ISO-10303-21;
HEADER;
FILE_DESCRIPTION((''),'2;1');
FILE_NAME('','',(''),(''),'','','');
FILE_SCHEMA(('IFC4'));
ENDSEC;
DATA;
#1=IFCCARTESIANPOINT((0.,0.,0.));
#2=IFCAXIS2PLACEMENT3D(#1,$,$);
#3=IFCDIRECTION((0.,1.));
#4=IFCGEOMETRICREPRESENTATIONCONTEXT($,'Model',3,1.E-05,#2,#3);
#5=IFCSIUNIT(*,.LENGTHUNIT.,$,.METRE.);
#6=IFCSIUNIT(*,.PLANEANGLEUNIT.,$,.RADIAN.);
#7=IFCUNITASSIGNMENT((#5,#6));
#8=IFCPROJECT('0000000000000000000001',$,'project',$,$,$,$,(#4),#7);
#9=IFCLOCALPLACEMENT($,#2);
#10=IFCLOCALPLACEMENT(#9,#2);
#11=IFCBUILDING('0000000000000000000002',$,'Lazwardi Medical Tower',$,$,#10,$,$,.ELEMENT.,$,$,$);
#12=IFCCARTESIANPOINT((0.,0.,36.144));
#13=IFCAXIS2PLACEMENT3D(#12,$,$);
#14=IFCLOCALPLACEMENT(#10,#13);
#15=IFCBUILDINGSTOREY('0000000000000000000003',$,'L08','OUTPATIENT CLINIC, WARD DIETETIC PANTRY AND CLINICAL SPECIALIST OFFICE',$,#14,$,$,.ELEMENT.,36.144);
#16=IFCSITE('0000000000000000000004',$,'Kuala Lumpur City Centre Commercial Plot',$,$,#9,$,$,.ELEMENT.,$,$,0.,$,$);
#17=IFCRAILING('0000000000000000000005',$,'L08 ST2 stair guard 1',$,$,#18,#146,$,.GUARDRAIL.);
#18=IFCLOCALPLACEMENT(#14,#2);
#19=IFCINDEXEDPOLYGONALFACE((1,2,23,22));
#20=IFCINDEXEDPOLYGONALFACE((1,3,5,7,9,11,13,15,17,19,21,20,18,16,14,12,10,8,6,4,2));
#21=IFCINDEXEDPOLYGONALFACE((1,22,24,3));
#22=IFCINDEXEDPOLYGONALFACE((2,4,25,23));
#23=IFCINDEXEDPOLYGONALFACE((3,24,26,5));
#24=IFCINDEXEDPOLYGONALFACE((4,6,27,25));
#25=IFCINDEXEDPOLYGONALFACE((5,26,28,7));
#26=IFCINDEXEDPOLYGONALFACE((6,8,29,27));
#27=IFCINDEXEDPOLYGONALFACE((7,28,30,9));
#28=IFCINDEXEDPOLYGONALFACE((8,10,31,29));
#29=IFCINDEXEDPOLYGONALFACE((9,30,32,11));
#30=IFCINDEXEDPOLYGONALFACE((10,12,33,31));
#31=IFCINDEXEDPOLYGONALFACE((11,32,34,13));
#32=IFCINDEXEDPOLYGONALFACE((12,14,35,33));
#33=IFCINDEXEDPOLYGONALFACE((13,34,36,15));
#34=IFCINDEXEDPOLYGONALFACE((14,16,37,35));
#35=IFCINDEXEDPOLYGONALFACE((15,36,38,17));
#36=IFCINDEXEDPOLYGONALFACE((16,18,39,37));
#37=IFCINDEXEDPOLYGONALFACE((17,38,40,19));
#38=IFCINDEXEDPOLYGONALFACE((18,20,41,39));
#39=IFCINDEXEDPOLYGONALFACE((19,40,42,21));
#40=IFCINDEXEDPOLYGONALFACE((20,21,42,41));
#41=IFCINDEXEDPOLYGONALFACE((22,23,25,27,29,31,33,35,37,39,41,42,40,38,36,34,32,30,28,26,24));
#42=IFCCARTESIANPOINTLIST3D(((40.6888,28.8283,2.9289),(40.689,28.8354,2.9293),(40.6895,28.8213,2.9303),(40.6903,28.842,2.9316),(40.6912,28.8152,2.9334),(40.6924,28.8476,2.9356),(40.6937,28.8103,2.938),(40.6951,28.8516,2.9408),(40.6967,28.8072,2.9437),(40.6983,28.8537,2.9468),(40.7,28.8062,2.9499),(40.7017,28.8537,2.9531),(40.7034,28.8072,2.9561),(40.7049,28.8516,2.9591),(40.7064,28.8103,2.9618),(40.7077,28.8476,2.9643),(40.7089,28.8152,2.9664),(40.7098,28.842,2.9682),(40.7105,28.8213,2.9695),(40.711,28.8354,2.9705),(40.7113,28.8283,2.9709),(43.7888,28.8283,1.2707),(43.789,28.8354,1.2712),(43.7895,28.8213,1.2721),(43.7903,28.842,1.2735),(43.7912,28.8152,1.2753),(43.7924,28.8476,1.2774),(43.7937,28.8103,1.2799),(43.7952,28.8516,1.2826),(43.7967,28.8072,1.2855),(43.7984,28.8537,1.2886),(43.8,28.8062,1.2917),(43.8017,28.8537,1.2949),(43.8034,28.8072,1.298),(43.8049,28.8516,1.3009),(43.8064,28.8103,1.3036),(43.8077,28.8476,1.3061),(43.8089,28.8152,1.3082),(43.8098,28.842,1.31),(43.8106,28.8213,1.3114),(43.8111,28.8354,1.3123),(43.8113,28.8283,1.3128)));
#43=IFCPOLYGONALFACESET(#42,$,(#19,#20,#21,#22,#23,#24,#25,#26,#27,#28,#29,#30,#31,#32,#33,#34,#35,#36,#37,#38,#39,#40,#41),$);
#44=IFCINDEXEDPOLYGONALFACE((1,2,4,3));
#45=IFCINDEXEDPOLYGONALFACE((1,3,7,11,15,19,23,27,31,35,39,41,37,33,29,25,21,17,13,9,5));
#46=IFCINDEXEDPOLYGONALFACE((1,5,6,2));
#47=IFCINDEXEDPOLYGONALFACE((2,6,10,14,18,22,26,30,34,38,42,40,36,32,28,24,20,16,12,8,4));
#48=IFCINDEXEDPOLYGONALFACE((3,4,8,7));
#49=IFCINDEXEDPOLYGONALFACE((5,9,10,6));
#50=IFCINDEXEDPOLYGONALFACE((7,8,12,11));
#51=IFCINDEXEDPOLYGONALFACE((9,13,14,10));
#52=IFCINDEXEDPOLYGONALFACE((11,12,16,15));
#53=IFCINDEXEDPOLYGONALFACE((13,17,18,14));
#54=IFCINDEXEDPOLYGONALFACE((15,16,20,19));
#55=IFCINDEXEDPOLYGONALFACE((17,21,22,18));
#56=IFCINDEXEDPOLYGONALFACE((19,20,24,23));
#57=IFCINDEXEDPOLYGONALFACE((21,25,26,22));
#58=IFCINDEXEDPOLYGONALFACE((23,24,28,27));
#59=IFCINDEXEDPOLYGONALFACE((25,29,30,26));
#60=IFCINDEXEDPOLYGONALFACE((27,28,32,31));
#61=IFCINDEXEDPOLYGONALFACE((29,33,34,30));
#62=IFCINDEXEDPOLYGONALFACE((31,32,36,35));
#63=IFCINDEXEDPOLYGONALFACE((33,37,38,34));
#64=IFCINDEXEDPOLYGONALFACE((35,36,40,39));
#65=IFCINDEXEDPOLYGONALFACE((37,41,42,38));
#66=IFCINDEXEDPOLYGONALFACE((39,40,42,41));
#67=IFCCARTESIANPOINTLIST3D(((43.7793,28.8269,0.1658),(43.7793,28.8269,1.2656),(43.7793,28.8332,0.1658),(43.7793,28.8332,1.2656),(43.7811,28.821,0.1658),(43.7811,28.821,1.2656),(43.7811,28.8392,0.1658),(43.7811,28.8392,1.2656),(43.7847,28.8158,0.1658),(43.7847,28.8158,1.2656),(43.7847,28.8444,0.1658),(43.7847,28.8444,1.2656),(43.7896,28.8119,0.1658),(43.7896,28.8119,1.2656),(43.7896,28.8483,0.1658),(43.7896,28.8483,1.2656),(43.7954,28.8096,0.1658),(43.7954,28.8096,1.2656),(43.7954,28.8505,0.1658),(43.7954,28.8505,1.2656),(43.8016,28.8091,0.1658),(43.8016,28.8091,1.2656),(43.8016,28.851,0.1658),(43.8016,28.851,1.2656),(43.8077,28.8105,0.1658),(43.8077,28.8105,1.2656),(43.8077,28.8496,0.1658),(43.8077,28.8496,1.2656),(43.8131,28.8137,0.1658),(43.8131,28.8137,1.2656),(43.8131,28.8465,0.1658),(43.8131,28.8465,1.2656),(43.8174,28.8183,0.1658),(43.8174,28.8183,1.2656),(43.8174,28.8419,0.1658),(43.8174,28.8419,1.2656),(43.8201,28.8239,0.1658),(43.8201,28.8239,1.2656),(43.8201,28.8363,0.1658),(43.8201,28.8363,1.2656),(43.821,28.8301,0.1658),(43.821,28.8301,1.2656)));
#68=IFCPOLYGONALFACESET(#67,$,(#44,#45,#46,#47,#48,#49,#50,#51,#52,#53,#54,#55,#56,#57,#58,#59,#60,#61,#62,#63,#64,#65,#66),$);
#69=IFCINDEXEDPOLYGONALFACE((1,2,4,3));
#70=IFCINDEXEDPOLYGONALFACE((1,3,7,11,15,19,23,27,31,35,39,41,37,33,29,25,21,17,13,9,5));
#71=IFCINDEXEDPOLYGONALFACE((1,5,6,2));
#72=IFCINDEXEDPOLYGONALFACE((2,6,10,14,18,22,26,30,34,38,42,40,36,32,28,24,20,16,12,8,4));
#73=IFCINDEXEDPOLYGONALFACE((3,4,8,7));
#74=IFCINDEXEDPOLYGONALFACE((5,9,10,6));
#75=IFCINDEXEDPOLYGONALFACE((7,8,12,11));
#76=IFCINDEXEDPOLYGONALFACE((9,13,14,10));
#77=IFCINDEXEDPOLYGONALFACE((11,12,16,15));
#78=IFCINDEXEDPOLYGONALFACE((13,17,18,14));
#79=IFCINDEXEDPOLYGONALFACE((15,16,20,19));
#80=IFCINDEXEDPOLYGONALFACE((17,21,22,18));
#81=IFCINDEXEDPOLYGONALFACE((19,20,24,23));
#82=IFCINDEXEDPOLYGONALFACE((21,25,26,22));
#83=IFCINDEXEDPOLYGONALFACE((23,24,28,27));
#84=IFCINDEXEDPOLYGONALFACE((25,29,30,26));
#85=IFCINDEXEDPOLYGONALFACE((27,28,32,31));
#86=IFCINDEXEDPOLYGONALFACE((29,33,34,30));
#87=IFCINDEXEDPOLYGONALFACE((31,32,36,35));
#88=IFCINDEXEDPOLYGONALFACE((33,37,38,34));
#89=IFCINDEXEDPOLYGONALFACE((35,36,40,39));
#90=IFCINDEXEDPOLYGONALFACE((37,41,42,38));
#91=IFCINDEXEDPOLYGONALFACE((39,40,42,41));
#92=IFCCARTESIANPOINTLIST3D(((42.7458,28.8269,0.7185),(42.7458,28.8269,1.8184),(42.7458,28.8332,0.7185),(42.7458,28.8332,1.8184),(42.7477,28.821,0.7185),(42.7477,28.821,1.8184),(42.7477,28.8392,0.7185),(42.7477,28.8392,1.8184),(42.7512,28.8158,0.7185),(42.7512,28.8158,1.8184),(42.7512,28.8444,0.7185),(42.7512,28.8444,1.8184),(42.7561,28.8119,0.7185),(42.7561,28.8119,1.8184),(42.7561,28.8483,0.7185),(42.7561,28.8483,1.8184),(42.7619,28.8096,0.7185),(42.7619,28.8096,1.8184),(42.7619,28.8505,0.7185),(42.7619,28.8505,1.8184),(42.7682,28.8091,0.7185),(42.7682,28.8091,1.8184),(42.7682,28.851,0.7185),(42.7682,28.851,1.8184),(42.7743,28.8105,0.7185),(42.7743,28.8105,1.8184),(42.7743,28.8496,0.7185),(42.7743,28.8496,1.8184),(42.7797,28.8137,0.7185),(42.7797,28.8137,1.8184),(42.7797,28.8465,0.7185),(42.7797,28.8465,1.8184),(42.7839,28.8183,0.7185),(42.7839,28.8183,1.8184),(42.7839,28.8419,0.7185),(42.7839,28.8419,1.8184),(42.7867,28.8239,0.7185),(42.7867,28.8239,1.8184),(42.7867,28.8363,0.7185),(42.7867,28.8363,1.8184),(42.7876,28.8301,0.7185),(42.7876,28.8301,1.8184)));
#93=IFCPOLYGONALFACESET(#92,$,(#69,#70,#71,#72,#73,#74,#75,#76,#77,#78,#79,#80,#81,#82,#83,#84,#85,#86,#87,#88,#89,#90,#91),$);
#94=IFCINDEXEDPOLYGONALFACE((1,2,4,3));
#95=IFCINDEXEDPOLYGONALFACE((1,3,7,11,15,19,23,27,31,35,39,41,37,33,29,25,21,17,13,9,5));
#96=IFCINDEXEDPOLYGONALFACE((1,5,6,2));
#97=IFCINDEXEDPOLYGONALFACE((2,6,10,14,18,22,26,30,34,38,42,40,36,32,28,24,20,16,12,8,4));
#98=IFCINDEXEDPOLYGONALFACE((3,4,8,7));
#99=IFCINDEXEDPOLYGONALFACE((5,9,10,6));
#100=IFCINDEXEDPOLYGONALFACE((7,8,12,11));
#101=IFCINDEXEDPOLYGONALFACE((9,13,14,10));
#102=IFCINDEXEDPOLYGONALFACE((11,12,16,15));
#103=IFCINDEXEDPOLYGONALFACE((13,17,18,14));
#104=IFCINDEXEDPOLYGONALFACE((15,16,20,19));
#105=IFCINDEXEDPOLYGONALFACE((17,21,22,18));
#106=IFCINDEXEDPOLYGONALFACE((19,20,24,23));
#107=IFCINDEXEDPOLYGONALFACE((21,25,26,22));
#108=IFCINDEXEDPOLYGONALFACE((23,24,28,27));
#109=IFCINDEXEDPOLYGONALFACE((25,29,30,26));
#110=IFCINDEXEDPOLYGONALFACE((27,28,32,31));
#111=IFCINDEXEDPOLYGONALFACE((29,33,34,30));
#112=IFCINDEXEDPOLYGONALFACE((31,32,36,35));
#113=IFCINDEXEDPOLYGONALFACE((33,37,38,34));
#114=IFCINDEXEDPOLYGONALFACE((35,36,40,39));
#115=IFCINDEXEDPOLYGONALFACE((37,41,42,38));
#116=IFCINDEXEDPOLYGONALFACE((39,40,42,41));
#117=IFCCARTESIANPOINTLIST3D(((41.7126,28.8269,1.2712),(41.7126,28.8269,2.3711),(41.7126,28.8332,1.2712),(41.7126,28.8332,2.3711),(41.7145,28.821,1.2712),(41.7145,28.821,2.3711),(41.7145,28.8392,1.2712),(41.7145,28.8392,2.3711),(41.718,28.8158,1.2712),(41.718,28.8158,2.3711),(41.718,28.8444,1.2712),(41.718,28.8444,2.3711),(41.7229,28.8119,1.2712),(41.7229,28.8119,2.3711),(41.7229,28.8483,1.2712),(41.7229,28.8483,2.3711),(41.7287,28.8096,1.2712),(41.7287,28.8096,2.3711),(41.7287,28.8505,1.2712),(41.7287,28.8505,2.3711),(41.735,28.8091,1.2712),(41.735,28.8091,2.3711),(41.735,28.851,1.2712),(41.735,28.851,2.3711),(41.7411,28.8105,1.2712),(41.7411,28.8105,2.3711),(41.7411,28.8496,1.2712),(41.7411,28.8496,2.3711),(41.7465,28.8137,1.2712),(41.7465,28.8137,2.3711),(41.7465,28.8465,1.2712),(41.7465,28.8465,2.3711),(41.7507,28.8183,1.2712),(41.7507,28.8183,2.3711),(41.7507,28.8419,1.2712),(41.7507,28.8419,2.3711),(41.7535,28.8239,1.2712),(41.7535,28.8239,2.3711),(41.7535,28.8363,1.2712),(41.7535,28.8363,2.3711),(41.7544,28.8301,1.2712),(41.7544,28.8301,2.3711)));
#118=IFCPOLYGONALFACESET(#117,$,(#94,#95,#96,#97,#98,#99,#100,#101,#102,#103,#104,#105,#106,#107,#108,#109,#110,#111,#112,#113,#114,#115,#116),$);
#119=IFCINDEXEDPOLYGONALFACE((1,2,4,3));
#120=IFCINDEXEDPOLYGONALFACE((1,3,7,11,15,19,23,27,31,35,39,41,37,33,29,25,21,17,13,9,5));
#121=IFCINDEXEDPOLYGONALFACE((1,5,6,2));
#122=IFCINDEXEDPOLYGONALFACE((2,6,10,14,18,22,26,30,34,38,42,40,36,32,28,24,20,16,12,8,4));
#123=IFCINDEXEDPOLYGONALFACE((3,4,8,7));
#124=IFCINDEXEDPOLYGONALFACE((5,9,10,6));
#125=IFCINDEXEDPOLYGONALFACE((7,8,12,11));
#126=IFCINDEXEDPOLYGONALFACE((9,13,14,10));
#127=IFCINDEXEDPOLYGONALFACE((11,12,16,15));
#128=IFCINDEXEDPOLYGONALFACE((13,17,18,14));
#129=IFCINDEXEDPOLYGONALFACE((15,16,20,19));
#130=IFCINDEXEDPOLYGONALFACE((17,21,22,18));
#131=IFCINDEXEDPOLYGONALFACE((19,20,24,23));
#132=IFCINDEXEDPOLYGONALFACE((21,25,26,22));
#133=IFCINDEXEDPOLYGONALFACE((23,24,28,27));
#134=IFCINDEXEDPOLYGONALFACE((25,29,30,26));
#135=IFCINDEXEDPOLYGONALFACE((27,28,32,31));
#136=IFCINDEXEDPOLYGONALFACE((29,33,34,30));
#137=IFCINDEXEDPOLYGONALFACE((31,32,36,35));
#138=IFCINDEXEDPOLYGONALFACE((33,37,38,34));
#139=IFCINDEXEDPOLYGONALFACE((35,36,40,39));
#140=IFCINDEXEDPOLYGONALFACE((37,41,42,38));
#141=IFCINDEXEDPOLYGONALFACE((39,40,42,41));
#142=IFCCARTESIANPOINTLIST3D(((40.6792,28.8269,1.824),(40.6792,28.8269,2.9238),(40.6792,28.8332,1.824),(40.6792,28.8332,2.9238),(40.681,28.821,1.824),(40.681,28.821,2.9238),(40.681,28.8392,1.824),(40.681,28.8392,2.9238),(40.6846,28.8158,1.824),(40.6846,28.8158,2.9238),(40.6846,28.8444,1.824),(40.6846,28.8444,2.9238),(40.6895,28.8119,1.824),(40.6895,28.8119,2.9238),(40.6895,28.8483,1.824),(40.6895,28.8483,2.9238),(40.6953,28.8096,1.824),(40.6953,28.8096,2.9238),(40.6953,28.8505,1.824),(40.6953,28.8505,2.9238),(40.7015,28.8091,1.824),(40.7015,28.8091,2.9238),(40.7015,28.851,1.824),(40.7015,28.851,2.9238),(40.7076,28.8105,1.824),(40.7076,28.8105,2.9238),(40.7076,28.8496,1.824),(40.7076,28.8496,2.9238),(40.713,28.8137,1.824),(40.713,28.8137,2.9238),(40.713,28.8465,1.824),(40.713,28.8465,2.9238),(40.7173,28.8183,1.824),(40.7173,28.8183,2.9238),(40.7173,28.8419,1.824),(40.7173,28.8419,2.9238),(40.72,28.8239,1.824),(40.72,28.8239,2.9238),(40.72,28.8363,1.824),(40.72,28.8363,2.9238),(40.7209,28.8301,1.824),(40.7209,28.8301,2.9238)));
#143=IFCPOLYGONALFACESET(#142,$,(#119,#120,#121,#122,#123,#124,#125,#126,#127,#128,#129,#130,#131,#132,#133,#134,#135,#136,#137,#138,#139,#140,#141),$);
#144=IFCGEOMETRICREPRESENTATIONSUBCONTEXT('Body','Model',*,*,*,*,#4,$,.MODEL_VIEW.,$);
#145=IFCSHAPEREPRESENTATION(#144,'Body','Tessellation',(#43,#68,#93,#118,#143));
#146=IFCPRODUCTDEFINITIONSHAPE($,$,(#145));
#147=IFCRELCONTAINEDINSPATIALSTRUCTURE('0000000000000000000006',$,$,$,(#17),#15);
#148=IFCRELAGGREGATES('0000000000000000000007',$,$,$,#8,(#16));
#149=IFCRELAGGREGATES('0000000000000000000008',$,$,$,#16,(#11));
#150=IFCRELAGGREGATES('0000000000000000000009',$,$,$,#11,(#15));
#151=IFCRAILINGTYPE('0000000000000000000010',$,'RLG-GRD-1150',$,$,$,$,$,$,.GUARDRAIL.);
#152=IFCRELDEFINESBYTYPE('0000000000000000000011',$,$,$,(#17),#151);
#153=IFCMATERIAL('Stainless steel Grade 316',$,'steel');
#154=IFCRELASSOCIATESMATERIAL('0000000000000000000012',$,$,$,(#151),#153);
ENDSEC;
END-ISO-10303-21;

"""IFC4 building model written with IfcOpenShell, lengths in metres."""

from ifc_helpers import new_model, si_unit, direction, frame, origin, origin_2d, place, context, subcontext, project, spatial, circle, extrude, material, type_object, element, save


model = new_model("IFC4")

# Units and contexts
model_context = context("Model", 3, precision=1e-05, world=origin(), true_north=direction((0.0, 1.0)))
body_context = subcontext(model_context, "Body", "Model", "MODEL_VIEW")
ifc_project = project(units=[si_unit("LENGTHUNIT", "METRE"), si_unit("PLANEANGLEUNIT", "RADIAN")], contexts=[model_context])

# Site, building, storey
site_placement = place(None, origin())
site = spatial("IfcSite", under=ifc_project, at=site_placement, Name="Kuala Lumpur City Centre Commercial Plot", CompositionType="ELEMENT", RefElevation=0.0)
building_placement = place(site_placement, origin())
building = spatial("IfcBuilding", under=site, at=building_placement, Name="Lazwardi Medical Tower", CompositionType="ELEMENT")
storey_placement = place(building_placement, frame((0.0, 0.0, 36.144)))
storey = spatial("IfcBuildingStorey", under=building, at=storey_placement, Name="L08", Description="OUTPATIENT CLINIC, WARD DIETETIC PANTRY AND CLINICAL SPECIALIST OFFICE", CompositionType="ELEMENT", Elevation=36.144)

# Railing
ifc_material_1 = material(Name="Stainless steel Grade 316", Category="steel")
railing_type_1 = type_object("IfcRailingType", Name="RLG-GRD-1150", PredefinedType="GUARDRAIL", material=ifc_material_1)
railing_1_placement = place(storey_placement, frame((43.8, 28.8301, 0.1658)))
element("IfcRailing", 1, at=railing_1_placement, inside=storey, type_object=railing_type_1, Name="L08 ST2 stair guard 1", PredefinedType="GUARDRAIL", context=body_context, shape_type="SweptSolid", body=[
    extrude(circle(Radius=0.0239, at=origin_2d()), frame((0.0, 0.0, 1.126), z_axis=(-0.881783, 0.0, 0.471655), x_axis=(0.0, -1.0, 0.0)), (0.0, 0.0, 1.0), 3.5156),
    extrude(circle(Radius=0.021, at=origin_2d()), origin(), (0.0, 0.0, 1.0), 1.0999),
    extrude(circle(Radius=0.021, at=origin_2d()), frame((-1.0334, 0.0, 0.5527)), (0.0, 0.0, 1.0), 1.0999),
    extrude(circle(Radius=0.021, at=origin_2d()), frame((-2.0667, 0.0, 1.1055)), (0.0, 0.0, 1.0), 1.0999),
    extrude(circle(Radius=0.021, at=origin_2d()), frame((-3.1001, 0.0, 1.6582)), (0.0, 0.0, 1.0), 1.0999),
])

save(model, "model.ifc")
